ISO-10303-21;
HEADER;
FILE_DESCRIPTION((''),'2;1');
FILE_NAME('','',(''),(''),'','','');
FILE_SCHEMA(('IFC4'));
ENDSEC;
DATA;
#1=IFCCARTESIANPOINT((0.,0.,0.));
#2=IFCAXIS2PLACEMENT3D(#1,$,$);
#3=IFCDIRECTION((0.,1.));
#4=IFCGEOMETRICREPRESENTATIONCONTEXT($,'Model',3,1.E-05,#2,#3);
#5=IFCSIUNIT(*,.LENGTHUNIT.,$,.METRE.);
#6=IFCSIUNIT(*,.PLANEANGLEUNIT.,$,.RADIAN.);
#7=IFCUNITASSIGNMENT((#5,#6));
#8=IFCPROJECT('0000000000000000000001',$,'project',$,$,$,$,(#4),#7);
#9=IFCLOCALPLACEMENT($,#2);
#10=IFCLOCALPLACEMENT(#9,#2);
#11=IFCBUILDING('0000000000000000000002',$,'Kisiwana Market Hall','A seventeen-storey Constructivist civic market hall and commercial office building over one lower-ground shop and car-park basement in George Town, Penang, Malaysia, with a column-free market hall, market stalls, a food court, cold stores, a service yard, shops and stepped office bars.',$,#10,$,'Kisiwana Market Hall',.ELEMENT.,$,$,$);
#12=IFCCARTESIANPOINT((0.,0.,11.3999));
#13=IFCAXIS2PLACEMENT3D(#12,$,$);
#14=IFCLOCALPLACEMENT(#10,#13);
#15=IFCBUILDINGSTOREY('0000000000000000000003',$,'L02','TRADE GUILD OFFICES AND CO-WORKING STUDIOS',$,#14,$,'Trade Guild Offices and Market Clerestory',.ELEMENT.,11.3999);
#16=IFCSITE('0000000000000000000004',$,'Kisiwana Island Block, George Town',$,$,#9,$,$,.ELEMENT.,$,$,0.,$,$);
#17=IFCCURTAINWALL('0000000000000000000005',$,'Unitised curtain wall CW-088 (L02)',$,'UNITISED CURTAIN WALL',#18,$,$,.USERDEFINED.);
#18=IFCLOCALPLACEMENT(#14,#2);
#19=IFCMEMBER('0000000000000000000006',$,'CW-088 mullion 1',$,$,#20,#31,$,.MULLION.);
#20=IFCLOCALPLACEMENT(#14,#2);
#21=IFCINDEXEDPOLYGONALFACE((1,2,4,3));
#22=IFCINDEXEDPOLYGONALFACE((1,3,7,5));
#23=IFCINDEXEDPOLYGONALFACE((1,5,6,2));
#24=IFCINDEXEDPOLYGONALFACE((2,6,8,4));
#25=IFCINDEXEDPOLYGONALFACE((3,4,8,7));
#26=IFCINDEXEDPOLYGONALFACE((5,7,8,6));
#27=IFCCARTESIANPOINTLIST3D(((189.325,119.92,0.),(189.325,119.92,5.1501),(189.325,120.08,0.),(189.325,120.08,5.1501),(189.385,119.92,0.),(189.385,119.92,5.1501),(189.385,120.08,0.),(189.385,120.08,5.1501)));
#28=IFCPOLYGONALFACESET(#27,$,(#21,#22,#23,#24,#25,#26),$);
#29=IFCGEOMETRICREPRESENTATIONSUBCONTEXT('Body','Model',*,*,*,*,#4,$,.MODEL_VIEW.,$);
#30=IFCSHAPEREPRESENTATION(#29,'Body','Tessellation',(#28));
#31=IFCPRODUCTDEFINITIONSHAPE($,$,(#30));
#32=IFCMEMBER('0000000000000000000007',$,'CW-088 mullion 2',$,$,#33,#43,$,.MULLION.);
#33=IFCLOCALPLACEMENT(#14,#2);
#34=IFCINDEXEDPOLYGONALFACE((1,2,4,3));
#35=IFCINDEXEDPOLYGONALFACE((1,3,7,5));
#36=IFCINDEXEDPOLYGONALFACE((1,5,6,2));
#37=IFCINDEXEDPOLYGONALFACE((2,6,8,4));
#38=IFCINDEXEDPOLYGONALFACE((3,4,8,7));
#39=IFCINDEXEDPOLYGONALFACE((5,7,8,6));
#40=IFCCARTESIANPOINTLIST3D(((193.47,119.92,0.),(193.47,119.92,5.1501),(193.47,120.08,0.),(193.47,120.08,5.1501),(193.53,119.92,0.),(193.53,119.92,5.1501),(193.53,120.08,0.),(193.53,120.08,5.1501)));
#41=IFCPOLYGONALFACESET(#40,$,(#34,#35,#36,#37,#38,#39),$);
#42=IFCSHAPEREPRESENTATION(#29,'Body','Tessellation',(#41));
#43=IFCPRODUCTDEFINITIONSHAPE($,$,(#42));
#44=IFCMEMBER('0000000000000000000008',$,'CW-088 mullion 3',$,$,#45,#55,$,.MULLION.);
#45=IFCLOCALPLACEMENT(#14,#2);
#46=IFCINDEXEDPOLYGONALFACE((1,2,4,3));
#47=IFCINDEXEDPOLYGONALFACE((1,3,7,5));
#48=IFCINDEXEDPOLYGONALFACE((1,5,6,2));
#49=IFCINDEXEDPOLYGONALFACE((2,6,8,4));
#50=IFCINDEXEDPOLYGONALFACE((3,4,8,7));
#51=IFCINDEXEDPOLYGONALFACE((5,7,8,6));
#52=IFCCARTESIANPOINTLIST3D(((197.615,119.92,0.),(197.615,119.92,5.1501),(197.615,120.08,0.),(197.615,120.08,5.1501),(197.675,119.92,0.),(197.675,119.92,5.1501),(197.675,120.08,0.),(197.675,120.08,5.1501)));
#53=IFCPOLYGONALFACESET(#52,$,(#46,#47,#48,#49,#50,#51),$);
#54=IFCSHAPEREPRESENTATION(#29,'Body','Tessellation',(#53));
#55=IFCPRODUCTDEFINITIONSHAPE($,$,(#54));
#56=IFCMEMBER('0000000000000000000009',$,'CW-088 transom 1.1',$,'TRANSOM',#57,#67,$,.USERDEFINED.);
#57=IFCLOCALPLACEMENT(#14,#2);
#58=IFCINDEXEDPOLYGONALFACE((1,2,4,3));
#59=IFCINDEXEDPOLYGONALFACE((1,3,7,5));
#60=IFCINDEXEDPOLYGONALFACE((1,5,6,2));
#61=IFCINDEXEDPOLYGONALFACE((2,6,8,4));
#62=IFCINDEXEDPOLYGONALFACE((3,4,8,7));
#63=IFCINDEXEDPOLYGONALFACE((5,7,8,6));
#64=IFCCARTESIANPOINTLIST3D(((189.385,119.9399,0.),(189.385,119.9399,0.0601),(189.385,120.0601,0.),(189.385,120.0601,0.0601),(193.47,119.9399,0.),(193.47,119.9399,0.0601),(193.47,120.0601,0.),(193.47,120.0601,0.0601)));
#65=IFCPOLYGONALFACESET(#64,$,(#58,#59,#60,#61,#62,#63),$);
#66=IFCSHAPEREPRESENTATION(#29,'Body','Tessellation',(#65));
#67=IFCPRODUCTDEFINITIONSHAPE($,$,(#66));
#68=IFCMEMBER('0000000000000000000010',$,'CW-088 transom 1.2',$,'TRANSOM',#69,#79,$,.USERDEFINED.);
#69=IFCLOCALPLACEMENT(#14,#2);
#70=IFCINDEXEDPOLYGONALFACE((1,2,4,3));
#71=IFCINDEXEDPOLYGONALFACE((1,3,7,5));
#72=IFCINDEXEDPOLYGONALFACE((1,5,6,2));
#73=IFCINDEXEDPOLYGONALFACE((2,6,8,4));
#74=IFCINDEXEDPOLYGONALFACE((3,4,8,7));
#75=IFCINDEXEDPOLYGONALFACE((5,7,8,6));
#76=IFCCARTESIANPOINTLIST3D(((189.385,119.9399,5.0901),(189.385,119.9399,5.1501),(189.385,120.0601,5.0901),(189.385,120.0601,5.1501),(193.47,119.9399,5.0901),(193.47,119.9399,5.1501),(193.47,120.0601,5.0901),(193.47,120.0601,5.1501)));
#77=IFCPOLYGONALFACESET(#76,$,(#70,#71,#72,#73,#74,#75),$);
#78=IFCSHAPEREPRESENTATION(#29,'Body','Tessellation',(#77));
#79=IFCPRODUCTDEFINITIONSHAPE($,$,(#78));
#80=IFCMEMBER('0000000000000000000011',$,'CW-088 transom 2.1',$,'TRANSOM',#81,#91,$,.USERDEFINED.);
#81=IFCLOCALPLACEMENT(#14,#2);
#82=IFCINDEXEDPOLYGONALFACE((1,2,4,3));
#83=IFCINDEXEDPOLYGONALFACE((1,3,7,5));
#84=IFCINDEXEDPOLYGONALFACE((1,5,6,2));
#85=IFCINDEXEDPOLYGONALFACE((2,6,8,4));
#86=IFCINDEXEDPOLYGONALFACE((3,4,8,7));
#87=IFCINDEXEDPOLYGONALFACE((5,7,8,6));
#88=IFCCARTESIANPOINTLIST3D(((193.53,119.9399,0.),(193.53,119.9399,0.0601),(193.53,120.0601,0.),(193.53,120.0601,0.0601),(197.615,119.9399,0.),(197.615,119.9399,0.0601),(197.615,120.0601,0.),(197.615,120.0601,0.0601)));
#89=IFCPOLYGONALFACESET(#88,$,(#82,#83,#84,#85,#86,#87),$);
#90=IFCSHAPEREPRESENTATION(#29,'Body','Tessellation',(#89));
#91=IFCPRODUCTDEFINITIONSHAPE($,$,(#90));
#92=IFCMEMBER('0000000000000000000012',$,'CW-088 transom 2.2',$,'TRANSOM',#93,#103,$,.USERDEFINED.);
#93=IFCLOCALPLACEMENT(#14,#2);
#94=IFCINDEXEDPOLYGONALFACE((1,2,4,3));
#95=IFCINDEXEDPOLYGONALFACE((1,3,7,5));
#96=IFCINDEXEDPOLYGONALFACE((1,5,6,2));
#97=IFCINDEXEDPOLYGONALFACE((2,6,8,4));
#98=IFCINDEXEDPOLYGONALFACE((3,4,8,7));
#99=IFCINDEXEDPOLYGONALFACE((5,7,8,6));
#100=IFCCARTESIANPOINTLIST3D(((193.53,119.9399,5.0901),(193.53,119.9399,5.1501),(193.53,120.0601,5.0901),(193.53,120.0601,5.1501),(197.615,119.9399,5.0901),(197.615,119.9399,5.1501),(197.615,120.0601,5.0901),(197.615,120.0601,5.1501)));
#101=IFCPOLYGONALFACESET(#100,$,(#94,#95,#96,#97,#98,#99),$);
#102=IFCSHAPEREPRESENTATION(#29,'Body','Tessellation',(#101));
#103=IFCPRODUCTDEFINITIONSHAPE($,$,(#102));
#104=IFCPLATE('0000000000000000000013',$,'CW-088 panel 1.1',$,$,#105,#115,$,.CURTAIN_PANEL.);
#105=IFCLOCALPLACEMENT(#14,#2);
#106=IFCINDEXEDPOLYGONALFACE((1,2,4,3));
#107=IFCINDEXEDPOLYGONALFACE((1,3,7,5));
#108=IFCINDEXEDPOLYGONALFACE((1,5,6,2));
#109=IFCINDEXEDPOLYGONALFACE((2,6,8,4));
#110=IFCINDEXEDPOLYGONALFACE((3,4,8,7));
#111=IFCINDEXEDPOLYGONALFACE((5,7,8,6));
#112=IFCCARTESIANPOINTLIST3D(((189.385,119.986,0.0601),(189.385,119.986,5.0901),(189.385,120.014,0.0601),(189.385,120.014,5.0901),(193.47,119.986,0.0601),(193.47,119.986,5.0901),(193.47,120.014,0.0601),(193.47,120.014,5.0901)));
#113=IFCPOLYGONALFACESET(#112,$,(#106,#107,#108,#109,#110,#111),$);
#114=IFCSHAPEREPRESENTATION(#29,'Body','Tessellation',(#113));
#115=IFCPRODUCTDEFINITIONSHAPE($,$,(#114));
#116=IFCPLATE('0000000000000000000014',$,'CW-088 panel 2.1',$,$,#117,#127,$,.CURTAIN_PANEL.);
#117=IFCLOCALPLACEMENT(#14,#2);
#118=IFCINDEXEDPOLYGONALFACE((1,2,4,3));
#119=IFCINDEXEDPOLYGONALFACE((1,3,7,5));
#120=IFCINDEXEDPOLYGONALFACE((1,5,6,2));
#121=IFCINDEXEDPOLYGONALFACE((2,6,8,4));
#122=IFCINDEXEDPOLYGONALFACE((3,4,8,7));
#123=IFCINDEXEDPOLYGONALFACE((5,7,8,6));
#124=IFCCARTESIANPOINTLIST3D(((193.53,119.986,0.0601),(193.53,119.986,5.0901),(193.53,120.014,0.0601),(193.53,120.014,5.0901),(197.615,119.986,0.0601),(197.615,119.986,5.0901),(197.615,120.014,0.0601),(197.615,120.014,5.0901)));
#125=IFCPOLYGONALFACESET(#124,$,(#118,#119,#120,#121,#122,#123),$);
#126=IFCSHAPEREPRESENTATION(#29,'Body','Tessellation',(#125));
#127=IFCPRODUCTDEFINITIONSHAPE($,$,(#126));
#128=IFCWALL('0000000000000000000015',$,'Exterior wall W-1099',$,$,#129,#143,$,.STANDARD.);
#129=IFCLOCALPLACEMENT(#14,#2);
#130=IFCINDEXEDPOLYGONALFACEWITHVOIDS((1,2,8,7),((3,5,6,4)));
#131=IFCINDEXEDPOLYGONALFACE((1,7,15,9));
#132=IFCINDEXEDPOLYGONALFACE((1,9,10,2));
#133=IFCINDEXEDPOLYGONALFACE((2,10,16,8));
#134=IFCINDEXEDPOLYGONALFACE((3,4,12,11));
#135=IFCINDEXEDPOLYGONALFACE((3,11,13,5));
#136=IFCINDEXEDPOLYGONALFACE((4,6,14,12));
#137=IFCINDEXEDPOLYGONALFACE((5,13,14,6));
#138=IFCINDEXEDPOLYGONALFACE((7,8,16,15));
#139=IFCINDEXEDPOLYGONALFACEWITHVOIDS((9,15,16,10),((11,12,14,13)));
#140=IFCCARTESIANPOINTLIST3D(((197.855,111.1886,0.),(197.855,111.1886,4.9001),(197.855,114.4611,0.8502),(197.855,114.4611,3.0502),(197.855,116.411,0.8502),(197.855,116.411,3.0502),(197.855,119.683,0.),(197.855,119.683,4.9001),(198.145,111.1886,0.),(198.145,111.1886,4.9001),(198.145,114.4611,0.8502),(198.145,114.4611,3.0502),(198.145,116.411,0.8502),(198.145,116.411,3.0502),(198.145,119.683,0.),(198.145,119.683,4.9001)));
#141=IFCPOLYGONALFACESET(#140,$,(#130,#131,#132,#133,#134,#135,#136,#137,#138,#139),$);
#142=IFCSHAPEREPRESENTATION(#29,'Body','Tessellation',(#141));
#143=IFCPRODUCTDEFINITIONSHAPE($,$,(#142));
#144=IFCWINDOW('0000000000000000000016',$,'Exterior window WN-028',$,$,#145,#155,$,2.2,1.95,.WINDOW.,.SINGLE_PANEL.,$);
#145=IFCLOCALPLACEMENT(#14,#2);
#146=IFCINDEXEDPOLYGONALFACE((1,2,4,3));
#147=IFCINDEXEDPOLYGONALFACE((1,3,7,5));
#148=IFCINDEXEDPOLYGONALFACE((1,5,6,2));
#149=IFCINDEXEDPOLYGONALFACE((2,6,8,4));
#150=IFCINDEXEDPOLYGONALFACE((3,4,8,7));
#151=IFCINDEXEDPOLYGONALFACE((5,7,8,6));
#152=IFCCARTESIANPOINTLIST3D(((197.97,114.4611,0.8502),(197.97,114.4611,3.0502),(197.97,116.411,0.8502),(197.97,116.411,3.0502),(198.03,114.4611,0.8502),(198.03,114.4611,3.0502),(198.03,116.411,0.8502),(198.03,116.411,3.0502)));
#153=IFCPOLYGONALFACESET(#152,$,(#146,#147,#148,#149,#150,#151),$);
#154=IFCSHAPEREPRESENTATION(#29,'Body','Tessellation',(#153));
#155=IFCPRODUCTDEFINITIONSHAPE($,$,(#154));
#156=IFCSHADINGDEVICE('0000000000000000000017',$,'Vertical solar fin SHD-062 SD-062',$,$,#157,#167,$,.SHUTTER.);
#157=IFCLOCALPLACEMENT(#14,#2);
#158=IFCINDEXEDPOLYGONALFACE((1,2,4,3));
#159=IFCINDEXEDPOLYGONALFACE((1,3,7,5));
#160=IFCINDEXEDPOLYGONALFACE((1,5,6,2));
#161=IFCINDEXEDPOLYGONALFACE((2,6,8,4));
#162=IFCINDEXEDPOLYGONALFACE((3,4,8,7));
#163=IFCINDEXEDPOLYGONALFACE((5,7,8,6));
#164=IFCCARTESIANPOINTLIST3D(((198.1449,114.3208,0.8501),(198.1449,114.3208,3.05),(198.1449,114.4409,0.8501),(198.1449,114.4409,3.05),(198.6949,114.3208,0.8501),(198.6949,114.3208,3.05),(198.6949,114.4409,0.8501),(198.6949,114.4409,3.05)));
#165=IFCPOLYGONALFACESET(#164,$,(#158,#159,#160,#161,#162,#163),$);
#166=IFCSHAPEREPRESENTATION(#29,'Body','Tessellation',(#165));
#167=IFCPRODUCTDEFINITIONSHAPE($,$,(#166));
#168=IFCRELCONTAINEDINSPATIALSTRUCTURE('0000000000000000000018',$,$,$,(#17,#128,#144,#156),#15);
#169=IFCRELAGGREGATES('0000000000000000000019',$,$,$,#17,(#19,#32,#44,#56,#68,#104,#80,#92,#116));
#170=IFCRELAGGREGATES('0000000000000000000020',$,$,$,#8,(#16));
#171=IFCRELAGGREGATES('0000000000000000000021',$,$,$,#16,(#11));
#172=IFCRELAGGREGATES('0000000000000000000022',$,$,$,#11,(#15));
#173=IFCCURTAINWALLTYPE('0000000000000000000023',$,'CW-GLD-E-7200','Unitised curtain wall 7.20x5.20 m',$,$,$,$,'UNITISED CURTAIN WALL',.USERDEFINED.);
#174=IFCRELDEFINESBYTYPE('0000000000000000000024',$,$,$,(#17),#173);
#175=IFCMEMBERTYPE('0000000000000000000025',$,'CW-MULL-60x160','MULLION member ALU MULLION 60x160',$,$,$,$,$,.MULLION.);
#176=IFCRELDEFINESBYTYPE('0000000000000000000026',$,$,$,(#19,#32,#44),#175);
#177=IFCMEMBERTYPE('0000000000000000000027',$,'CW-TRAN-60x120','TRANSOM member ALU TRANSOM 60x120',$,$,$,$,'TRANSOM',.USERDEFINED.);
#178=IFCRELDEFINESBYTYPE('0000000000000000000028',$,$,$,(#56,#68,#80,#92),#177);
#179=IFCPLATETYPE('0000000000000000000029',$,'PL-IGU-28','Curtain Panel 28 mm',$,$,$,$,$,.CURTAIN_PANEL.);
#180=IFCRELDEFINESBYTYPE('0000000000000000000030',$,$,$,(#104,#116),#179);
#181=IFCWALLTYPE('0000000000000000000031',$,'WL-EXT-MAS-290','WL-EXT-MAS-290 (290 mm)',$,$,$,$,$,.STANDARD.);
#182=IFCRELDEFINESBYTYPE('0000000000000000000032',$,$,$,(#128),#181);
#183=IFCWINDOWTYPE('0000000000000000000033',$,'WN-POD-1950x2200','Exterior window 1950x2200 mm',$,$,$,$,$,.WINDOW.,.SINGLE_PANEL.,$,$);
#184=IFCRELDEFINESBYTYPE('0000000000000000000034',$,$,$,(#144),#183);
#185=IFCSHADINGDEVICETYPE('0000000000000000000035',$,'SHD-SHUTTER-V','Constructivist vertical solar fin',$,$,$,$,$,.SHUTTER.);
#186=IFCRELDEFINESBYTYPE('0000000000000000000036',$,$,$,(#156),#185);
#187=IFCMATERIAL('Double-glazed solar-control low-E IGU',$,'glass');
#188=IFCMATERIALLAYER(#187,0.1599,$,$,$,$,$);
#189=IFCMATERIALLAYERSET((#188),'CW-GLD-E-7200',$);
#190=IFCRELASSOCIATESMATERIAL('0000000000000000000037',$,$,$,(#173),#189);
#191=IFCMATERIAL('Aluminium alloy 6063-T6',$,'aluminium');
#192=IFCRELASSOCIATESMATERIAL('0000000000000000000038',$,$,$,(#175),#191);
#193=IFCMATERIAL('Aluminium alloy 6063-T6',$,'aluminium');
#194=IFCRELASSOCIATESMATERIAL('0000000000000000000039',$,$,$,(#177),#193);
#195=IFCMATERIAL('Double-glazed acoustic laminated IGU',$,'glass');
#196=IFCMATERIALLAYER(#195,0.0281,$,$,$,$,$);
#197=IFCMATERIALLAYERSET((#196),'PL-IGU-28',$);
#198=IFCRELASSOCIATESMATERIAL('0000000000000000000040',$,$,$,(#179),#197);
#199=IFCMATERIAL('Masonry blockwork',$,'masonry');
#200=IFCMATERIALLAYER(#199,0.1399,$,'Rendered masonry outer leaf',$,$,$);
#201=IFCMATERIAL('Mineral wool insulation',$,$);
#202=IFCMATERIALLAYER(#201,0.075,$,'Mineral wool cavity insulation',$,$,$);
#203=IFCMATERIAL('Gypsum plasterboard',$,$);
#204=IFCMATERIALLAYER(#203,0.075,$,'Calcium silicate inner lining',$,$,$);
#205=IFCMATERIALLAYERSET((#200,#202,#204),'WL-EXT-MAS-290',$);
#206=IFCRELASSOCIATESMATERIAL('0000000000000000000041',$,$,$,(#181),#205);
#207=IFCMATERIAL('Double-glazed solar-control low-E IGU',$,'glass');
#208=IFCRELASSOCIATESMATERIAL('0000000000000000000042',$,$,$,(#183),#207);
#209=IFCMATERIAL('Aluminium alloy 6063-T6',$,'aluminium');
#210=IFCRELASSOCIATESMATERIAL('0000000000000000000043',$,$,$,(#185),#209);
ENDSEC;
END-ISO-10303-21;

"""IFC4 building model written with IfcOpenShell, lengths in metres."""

from ifc_helpers import new_model, si_unit, direction, frame, frame_2d, origin, origin_2d, place, context, subcontext, project, spatial, rectangle, extrude, material, layer, layer_set, material_profile, profile_set, type_object, element, fill, aggregate, save


model = new_model("IFC4")

# Units and contexts
model_context = context("Model", 3, precision=1e-05, world=origin(), true_north=direction((0.0, 1.0)))
body_context = subcontext(model_context, "Body", "Model", "MODEL_VIEW")
ifc_project = project(units=[si_unit("LENGTHUNIT", "METRE"), si_unit("PLANEANGLEUNIT", "RADIAN")], contexts=[model_context])

# Site, building, storey
site_placement = place(None, origin())
site = spatial("IfcSite", under=ifc_project, at=site_placement, Name="Kisiwana Island Block, George Town", CompositionType="ELEMENT", RefElevation=0.0)
building_placement = place(site_placement, origin())
building = spatial("IfcBuilding", under=site, at=building_placement, Name="Kisiwana Market Hall", Description="A seventeen-storey Constructivist civic market hall and commercial office building over one lower-ground shop and car-park basement in George Town, Penang, Malaysia, with a column-free market hall, market stalls, a food court, cold stores, a service yard, shops and stepped office bars.", LongName="Kisiwana Market Hall", CompositionType="ELEMENT")
storey_placement = place(building_placement, frame((0.0, 0.0, 11.3999)))
storey = spatial("IfcBuildingStorey", under=building, at=storey_placement, Name="L02", Description="TRADE GUILD OFFICES AND CO-WORKING STUDIOS", LongName="Trade Guild Offices and Market Clerestory", CompositionType="ELEMENT", Elevation=11.3999)

# Curtain wall, members, plates
ifc_material_1 = material(Name="Double-glazed solar-control low-E IGU", Category="glass")
ifc_layer_1 = layer(ifc_material_1, 0.1599)
ifc_layer_set_1 = layer_set([ifc_layer_1], Name="CW-GLD-E-7200")
curtain_wall_type = type_object("IfcCurtainWallType", Name="CW-GLD-E-7200", Description="Unitised curtain wall 7.20x5.20 m", ElementType="UNITISED CURTAIN WALL", PredefinedType="USERDEFINED", material=ifc_layer_set_1)
curtain_wall_placement = place(storey_placement, origin())
curtain_wall = element("IfcCurtainWall", 1, at=curtain_wall_placement, inside=storey, type_object=curtain_wall_type, Name="Unitised curtain wall CW-088 (L02)", ObjectType="UNITISED CURTAIN WALL", PredefinedType="USERDEFINED")
ifc_material_2 = material(Name="Aluminium alloy 6063-T6", Category="aluminium")
ifc_material_profile_1 = material_profile(ifc_material_2, rectangle(XDim=0.0601, YDim=0.1599, at=origin_2d()), Name="ALU MULLION 60x160")
ifc_profile_set_1 = profile_set([ifc_material_profile_1], Name="Aluminium alloy 6063-T6")
member_type_1 = type_object("IfcMemberType", Name="CW-MULL-60x160", Description="MULLION member ALU MULLION 60x160", PredefinedType="MULLION", material=ifc_profile_set_1)
member_1_placement = place(storey_placement, frame((189.355, 120.0, 0.0), z_axis=(0.0, 0.0, 1.0), x_axis=(1.0, 0.0, 0.0)))
member_1 = element("IfcMember", 2, at=member_1_placement, type_object=member_type_1, Name="CW-088 mullion 1", PredefinedType="MULLION", context=body_context, shape_type="SweptSolid", body=[
    extrude(rectangle(XDim=0.0601, YDim=0.1599, at=origin_2d()), origin(), (0.0, 0.0, 1.0), 5.1501),
])
member_2_placement = place(storey_placement, frame((193.5, 120.0, 0.0), z_axis=(0.0, 0.0, 1.0), x_axis=(1.0, 0.0, 0.0)))
member_2 = element("IfcMember", 3, at=member_2_placement, type_object=member_type_1, Name="CW-088 mullion 2", PredefinedType="MULLION", context=body_context, shape_type="SweptSolid", body=[
    extrude(rectangle(XDim=0.0601, YDim=0.1599, at=origin_2d()), origin(), (0.0, 0.0, 1.0), 5.1501),
])
member_3_placement = place(storey_placement, frame((197.645, 120.0, 0.0), z_axis=(0.0, 0.0, 1.0), x_axis=(1.0, 0.0, 0.0)))
member_3 = element("IfcMember", 4, at=member_3_placement, type_object=member_type_1, Name="CW-088 mullion 3", PredefinedType="MULLION", context=body_context, shape_type="SweptSolid", body=[
    extrude(rectangle(XDim=0.0601, YDim=0.1599, at=origin_2d()), origin(), (0.0, 0.0, 1.0), 5.1501),
])
ifc_material_3 = material(Name="Aluminium alloy 6063-T6", Category="aluminium")
ifc_material_profile_2 = material_profile(ifc_material_3, rectangle(XDim=0.1201, YDim=0.0601, at=origin_2d()), Name="ALU TRANSOM 60x120")
ifc_profile_set_2 = profile_set([ifc_material_profile_2], Name="Aluminium alloy 6063-T6")
member_type_2 = type_object("IfcMemberType", Name="CW-TRAN-60x120", Description="TRANSOM member ALU TRANSOM 60x120", ElementType="TRANSOM", PredefinedType="USERDEFINED", material=ifc_profile_set_2)
member_4_placement = place(storey_placement, frame((189.385, 120.0, 0.03), z_axis=(1.0, 0.0, 0.0), x_axis=(0.0, 1.0, 0.0)))
member_4 = element("IfcMember", 5, at=member_4_placement, type_object=member_type_2, Name="CW-088 transom 1.1", ObjectType="TRANSOM", PredefinedType="USERDEFINED", context=body_context, shape_type="SweptSolid", body=[
    extrude(rectangle(XDim=0.1201, YDim=0.0601, at=origin_2d()), origin(), (0.0, 0.0, 1.0), 4.085),
])
member_5_placement = place(storey_placement, frame((189.385, 120.0, 5.1201), z_axis=(1.0, 0.0, 0.0), x_axis=(0.0, 1.0, 0.0)))
member_5 = element("IfcMember", 6, at=member_5_placement, type_object=member_type_2, Name="CW-088 transom 1.2", ObjectType="TRANSOM", PredefinedType="USERDEFINED", context=body_context, shape_type="SweptSolid", body=[
    extrude(rectangle(XDim=0.1201, YDim=0.0601, at=origin_2d()), origin(), (0.0, 0.0, 1.0), 4.085),
])
member_6_placement = place(storey_placement, frame((193.53, 120.0, 0.03), z_axis=(1.0, 0.0, 0.0), x_axis=(0.0, 1.0, 0.0)))
member_6 = element("IfcMember", 7, at=member_6_placement, type_object=member_type_2, Name="CW-088 transom 2.1", ObjectType="TRANSOM", PredefinedType="USERDEFINED", context=body_context, shape_type="SweptSolid", body=[
    extrude(rectangle(XDim=0.1201, YDim=0.0601, at=origin_2d()), origin(), (0.0, 0.0, 1.0), 4.085),
])
member_7_placement = place(storey_placement, frame((193.53, 120.0, 5.1201), z_axis=(1.0, 0.0, 0.0), x_axis=(0.0, 1.0, 0.0)))
member_7 = element("IfcMember", 8, at=member_7_placement, type_object=member_type_2, Name="CW-088 transom 2.2", ObjectType="TRANSOM", PredefinedType="USERDEFINED", context=body_context, shape_type="SweptSolid", body=[
    extrude(rectangle(XDim=0.1201, YDim=0.0601, at=origin_2d()), origin(), (0.0, 0.0, 1.0), 4.085),
])
ifc_material_4 = material(Name="Double-glazed acoustic laminated IGU", Category="glass")
ifc_layer_2 = layer(ifc_material_4, 0.0281)
ifc_layer_set_2 = layer_set([ifc_layer_2], Name="PL-IGU-28")
plate_type = type_object("IfcPlateType", Name="PL-IGU-28", Description="Curtain Panel 28 mm", PredefinedType="CURTAIN_PANEL", material=ifc_layer_set_2)
plate_1_placement = place(storey_placement, frame((191.4275, 120.0, 0.0601), z_axis=(0.0, 0.0, 1.0), x_axis=(1.0, 0.0, 0.0)))
plate_1 = element("IfcPlate", 9, at=plate_1_placement, type_object=plate_type, Name="CW-088 panel 1.1", PredefinedType="CURTAIN_PANEL", context=body_context, shape_type="SweptSolid", body=[
    extrude(rectangle(XDim=4.085, YDim=0.0281, at=origin_2d()), origin(), (0.0, 0.0, 1.0), 5.03),
])
plate_2_placement = place(storey_placement, frame((195.5725, 120.0, 0.0601), z_axis=(0.0, 0.0, 1.0), x_axis=(1.0, 0.0, 0.0)))
plate_2 = element("IfcPlate", 10, at=plate_2_placement, type_object=plate_type, Name="CW-088 panel 2.1", PredefinedType="CURTAIN_PANEL", context=body_context, shape_type="SweptSolid", body=[
    extrude(rectangle(XDim=4.085, YDim=0.0281, at=origin_2d()), origin(), (0.0, 0.0, 1.0), 5.03),
])
aggregate(curtain_wall, [member_1, member_2, member_3, member_4, member_5, plate_1, member_6, member_7, plate_2])

# Wall, opening, window
ifc_material_5 = material(Name="Masonry blockwork", Category="masonry")
ifc_layer_3 = layer(ifc_material_5, 0.1399, Name="Rendered masonry outer leaf")
ifc_material_6 = material(Name="Mineral wool insulation")
ifc_layer_4 = layer(ifc_material_6, 0.075, Name="Mineral wool cavity insulation")
ifc_material_7 = material(Name="Gypsum plasterboard")
ifc_layer_5 = layer(ifc_material_7, 0.075, Name="Calcium silicate inner lining")
ifc_layer_set_3 = layer_set([ifc_layer_3, ifc_layer_4, ifc_layer_5], Name="WL-EXT-MAS-290")
wall_type = type_object("IfcWallType", Name="WL-EXT-MAS-290", Description="WL-EXT-MAS-290 (290 mm)", PredefinedType="STANDARD", material=ifc_layer_set_3)
wall_placement = place(storey_placement, frame((198.0, 111.1887, 0.0), z_axis=(0.0, 0.0, 1.0), x_axis=(0.0, 1.0, 0.0)))
wall = element("IfcWall", 11, at=wall_placement, inside=storey, type_object=wall_type, Name="Exterior wall W-1099", PredefinedType="STANDARD", context=body_context, shape_type="SweptSolid", body=[
    extrude(rectangle(XDim=8.4944, YDim=0.29, at=frame_2d((4.2471, 0.0))), origin(), (0.0, 0.0, 1.0), 4.9001),
])
opening_placement = place(wall_placement, frame((3.2722, 0.0, 0.8501)))
opening = element("IfcOpeningElement", 12, at=opening_placement, cuts=wall, PredefinedType="OPENING", context=body_context, shape_type="SweptSolid", body=[
    extrude(rectangle(XDim=1.95, YDim=2.2, at=frame_2d((0.9751, 1.1001))), frame((0.0, 0.157, 0.0), z_axis=(0.0, -1.0, 0.0), x_axis=(1.0, 0.0, 0.0)), (0.0, 0.0, 1.0), 0.314),
])
ifc_material_8 = material(Name="Double-glazed solar-control low-E IGU", Category="glass")
window_type = type_object("IfcWindowType", Name="WN-POD-1950x2200", Description="Exterior window 1950x2200 mm", PartitioningType="SINGLE_PANEL", PredefinedType="WINDOW", material=ifc_material_8)
window_placement = place(opening_placement, origin())
window = element("IfcWindow", 13, at=window_placement, inside=storey, type_object=window_type, Name="Exterior window WN-028", OverallHeight=2.2, OverallWidth=1.95, PartitioningType="SINGLE_PANEL", PredefinedType="WINDOW", context=body_context, shape_type="SweptSolid", body=[
    extrude(rectangle(XDim=1.95, YDim=2.2, at=frame_2d((0.9751, 1.1001))), frame((0.0, 0.03, 0.0), z_axis=(0.0, -1.0, 0.0), x_axis=(1.0, 0.0, 0.0)), (0.0, 0.0, 1.0), 0.0601),
])
fill(opening, window)

# Shading device
ifc_material_9 = material(Name="Aluminium alloy 6063-T6", Category="aluminium")
shading_device_type = type_object("IfcShadingDeviceType", Name="SHD-SHUTTER-V", Description="Constructivist vertical solar fin", PredefinedType="SHUTTER", material=ifc_material_9)
shading_device_placement = place(storey_placement, frame((198.4199, 114.3809, 0.8501), z_axis=(0.0, 0.0, 1.0), x_axis=(0.0, 1.0, 0.0)))
element("IfcShadingDevice", 14, at=shading_device_placement, inside=storey, type_object=shading_device_type, Name="Vertical solar fin SHD-062 SD-062", PredefinedType="SHUTTER", context=body_context, shape_type="SweptSolid", body=[
    extrude(rectangle(XDim=0.1201, YDim=0.55, at=origin_2d()), origin(), (0.0, 0.0, 1.0), 2.2),
])

save(model, "model.ifc")
